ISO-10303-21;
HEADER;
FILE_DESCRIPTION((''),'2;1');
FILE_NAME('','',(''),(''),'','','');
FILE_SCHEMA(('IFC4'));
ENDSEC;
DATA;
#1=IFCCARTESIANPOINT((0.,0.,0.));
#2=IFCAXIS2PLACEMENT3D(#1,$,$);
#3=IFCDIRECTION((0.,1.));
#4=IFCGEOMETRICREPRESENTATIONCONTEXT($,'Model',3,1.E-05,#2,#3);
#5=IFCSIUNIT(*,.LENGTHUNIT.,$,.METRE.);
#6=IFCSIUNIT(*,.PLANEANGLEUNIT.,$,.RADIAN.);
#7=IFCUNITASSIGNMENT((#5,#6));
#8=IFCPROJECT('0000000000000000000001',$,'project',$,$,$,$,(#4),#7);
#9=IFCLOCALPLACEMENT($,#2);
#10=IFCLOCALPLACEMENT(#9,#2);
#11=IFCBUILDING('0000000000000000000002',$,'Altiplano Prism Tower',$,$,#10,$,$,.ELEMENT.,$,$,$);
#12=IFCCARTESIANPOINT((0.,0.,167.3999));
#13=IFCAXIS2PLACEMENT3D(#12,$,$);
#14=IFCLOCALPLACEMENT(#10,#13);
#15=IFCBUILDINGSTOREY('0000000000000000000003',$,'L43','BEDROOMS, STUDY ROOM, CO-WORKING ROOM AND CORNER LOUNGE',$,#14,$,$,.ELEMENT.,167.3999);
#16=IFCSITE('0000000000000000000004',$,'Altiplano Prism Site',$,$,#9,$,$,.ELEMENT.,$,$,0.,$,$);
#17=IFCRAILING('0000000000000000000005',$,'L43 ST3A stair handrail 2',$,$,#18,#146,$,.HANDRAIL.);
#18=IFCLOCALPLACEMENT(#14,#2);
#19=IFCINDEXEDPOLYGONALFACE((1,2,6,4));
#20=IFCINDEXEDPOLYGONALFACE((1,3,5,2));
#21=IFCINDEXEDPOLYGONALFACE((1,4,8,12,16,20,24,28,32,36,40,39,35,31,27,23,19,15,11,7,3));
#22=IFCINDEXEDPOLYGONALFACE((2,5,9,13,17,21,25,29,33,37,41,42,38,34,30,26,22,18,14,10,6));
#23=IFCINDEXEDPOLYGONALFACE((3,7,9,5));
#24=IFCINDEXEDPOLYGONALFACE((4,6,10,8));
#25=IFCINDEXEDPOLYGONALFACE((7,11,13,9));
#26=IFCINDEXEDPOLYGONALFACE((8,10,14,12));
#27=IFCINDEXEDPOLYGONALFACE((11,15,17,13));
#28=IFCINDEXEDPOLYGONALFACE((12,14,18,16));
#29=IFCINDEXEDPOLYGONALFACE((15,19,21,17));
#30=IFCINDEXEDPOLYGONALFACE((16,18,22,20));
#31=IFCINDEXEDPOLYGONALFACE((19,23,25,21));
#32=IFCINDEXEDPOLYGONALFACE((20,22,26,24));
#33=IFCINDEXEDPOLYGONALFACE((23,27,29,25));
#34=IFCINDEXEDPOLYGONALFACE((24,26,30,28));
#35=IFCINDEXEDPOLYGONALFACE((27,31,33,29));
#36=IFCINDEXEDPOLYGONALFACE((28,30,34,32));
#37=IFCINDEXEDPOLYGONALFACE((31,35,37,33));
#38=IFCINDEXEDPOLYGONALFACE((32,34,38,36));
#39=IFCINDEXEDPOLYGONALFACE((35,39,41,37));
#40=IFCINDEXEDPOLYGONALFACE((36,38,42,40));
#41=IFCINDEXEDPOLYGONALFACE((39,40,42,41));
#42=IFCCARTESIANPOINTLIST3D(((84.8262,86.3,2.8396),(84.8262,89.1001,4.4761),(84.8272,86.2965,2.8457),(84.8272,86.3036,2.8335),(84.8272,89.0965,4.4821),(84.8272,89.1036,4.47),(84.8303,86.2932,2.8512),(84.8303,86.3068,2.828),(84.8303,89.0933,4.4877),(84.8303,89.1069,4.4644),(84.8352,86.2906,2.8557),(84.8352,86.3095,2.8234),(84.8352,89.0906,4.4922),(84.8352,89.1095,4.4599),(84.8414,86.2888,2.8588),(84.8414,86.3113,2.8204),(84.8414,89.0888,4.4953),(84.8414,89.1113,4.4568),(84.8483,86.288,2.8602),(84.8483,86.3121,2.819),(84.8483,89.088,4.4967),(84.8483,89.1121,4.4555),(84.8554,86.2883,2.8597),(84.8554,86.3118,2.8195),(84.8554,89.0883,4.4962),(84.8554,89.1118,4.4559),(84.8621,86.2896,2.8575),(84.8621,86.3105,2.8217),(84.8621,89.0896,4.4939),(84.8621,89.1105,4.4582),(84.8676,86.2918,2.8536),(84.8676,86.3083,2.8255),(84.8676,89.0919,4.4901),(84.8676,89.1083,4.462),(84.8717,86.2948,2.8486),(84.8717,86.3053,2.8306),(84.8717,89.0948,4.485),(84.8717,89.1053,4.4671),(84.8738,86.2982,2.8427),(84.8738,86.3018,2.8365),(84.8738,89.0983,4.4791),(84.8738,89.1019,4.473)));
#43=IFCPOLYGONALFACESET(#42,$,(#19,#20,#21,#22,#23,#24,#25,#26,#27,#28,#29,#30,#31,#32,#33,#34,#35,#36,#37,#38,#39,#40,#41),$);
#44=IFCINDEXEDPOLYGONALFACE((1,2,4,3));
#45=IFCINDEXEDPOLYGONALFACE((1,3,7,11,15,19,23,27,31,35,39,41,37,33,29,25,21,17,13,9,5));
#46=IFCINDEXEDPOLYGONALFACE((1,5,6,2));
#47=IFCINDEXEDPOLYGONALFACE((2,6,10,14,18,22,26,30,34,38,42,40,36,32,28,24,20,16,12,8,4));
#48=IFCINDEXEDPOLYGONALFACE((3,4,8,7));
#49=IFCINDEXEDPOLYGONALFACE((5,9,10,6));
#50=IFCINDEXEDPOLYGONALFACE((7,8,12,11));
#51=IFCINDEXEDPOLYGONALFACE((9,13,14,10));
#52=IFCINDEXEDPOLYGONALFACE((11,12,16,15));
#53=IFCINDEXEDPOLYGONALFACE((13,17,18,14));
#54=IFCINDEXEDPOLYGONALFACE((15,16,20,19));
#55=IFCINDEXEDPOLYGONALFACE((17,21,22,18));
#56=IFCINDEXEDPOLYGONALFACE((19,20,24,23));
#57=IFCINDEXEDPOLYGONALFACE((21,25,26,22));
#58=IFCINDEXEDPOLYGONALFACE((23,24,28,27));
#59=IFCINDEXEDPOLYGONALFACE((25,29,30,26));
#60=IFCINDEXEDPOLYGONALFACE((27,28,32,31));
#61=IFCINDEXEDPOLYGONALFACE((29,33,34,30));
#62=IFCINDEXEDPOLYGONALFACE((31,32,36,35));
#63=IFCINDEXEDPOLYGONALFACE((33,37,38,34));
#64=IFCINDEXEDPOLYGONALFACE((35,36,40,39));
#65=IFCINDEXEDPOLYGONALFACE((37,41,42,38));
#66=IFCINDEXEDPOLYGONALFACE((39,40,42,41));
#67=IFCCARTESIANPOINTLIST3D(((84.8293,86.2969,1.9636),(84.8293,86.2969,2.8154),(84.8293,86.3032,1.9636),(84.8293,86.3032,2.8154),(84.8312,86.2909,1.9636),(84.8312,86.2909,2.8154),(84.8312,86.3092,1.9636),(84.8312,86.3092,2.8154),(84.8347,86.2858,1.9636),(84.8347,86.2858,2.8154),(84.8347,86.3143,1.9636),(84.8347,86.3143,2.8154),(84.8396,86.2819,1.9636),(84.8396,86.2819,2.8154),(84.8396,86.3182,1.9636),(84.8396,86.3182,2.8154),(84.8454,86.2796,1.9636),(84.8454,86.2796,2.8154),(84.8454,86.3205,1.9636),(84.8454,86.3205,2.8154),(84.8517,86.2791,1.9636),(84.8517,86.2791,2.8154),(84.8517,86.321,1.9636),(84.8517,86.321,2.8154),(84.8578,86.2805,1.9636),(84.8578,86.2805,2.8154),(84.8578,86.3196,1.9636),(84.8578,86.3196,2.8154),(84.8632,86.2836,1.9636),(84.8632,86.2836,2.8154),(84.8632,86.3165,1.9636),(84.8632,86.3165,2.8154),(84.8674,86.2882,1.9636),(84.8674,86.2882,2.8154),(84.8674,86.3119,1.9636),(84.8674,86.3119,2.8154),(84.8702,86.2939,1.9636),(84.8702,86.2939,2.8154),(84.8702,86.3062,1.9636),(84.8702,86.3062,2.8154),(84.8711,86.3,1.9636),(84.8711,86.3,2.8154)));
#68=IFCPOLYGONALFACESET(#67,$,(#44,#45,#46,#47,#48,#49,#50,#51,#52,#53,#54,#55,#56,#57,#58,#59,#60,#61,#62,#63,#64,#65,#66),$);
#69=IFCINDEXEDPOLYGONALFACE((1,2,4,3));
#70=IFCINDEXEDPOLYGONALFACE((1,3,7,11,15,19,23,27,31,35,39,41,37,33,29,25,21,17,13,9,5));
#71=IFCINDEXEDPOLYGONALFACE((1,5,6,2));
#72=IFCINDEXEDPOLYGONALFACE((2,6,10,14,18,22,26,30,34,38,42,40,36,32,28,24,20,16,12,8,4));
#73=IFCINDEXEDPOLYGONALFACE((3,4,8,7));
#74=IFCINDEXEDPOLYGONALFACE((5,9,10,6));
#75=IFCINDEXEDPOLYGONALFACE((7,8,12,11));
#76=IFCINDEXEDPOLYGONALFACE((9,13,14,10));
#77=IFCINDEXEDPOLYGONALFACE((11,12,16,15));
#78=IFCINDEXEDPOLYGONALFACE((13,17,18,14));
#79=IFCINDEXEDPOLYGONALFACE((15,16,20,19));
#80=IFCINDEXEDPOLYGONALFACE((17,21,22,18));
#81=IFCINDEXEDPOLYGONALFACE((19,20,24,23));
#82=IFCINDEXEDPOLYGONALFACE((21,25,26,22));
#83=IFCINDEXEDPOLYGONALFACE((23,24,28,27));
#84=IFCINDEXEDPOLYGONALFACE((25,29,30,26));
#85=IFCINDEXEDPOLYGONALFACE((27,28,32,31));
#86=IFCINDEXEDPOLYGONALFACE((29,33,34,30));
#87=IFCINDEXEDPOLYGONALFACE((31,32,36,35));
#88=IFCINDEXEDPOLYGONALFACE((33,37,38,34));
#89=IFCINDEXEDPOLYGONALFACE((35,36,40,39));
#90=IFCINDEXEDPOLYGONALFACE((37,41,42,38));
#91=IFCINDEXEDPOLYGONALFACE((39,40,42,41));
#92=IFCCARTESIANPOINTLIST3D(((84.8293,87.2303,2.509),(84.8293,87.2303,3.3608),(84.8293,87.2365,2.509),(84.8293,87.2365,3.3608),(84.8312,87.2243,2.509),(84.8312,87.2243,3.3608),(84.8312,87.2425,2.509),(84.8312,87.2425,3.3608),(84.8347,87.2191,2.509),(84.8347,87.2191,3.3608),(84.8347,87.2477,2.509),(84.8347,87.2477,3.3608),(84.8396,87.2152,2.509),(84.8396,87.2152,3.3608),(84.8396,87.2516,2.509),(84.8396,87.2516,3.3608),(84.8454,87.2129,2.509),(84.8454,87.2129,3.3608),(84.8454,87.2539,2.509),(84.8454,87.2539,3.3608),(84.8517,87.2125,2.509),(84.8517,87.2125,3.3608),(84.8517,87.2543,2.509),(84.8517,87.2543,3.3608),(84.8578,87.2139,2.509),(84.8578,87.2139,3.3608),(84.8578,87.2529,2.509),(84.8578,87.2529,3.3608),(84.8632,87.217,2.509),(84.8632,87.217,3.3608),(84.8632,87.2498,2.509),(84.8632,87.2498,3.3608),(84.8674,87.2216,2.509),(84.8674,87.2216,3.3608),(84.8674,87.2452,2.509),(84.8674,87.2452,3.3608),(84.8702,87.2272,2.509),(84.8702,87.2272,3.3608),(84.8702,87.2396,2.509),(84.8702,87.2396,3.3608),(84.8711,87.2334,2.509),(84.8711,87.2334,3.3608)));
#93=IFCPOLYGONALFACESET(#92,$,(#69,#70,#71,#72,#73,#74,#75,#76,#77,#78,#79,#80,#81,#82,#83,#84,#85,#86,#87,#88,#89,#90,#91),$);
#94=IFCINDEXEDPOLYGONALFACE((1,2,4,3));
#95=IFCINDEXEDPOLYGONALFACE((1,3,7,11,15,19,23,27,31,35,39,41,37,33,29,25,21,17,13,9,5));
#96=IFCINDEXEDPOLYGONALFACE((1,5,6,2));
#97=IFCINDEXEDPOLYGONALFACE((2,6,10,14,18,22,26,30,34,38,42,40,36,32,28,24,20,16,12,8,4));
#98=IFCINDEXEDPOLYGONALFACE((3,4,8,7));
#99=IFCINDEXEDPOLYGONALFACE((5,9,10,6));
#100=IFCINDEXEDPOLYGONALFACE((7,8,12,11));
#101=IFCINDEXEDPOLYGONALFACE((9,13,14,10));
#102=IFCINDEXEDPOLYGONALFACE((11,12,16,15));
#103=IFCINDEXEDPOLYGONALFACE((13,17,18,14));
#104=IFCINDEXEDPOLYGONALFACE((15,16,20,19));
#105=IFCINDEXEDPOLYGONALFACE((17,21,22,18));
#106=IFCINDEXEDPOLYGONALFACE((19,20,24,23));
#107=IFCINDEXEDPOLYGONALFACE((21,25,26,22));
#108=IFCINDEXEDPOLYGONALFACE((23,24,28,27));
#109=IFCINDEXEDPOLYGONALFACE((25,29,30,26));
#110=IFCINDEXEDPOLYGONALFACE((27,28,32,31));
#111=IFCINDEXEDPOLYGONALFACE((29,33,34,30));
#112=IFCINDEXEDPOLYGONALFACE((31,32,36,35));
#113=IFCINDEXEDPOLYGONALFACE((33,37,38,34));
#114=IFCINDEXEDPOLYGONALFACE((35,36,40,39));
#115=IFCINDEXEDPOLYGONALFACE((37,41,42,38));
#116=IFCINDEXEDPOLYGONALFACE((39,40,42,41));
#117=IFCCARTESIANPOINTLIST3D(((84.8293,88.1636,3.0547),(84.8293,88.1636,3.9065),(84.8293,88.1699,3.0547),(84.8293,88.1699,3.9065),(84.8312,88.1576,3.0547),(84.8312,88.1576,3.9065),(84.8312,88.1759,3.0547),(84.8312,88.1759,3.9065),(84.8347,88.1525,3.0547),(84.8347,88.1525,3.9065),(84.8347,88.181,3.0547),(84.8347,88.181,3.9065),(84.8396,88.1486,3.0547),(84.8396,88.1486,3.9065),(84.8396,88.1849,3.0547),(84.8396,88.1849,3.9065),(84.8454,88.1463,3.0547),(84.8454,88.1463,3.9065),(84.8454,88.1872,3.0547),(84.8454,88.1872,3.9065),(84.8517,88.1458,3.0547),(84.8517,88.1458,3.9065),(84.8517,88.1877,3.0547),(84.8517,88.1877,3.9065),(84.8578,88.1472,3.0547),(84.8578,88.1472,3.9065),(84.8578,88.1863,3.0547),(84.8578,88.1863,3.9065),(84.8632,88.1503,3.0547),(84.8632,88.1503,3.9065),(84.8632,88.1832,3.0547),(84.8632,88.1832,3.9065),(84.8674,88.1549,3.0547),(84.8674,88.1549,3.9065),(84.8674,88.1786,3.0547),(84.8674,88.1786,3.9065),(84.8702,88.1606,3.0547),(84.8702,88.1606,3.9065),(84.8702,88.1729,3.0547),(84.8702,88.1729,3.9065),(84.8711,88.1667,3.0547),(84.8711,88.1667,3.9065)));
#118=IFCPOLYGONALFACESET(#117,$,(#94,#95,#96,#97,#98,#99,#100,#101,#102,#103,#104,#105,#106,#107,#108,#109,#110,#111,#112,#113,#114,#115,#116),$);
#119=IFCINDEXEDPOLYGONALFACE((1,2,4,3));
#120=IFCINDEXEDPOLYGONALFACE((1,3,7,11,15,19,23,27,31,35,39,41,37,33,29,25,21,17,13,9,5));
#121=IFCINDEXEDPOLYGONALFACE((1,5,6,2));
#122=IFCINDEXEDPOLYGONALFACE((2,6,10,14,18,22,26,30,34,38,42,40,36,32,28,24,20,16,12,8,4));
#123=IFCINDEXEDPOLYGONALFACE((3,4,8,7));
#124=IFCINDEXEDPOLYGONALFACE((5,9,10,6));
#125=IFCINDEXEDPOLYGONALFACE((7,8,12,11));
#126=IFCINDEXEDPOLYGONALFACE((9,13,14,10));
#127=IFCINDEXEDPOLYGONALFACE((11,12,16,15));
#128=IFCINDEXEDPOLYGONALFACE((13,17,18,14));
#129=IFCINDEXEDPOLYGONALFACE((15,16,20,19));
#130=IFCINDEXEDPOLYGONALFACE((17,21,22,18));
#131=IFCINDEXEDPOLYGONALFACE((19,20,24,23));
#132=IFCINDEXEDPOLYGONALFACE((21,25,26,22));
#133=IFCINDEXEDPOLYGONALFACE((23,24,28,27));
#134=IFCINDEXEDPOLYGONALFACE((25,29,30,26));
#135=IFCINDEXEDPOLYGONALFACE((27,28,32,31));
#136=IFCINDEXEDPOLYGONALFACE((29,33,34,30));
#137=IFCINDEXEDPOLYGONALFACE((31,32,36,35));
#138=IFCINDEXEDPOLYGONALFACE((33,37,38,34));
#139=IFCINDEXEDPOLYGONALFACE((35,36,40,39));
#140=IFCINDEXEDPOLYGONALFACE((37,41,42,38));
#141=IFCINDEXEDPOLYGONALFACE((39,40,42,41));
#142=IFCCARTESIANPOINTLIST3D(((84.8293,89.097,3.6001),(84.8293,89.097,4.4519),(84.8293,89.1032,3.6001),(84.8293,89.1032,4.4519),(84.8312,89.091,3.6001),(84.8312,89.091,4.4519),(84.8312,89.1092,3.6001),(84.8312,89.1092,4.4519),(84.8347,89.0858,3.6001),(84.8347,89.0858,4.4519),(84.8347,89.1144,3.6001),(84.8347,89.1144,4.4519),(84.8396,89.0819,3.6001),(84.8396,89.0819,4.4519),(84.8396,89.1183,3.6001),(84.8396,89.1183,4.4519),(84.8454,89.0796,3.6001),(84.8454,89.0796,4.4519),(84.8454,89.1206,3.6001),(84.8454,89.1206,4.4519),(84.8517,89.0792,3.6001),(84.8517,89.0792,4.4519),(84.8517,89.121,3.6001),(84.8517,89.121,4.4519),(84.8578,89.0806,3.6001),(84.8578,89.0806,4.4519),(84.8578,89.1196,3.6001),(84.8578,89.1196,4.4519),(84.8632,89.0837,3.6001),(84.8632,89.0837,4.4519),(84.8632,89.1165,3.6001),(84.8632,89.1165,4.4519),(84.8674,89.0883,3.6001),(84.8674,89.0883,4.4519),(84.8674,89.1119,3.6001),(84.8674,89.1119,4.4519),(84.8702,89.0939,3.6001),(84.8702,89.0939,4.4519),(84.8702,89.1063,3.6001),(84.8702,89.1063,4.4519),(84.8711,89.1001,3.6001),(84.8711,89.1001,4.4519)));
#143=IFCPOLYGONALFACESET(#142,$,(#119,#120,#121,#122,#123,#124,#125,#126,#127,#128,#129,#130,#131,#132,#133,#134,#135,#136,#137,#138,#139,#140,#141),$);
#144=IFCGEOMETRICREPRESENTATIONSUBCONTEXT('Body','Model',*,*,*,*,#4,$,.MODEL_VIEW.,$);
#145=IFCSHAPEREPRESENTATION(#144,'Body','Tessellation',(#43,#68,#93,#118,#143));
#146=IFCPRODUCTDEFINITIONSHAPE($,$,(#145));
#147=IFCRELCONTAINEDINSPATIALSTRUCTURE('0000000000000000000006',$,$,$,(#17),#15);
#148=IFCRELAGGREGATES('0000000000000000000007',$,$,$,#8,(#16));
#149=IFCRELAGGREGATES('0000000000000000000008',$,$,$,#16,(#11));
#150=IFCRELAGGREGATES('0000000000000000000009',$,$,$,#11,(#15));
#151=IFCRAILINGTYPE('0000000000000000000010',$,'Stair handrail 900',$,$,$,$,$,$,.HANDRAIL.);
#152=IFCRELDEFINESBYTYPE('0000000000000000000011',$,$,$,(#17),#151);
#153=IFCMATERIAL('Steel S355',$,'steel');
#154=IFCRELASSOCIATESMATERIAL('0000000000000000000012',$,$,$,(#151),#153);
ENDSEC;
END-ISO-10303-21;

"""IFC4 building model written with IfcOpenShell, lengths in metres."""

from ifc_helpers import new_model, si_unit, direction, frame, origin, origin_2d, place, context, subcontext, project, spatial, circle, extrude, material, type_object, element, save


model = new_model("IFC4")

# Units and contexts
model_context = context("Model", 3, precision=1e-05, world=origin(), true_north=direction((0.0, 1.0)))
body_context = subcontext(model_context, "Body", "Model", "MODEL_VIEW")
ifc_project = project(units=[si_unit("LENGTHUNIT", "METRE"), si_unit("PLANEANGLEUNIT", "RADIAN")], contexts=[model_context])

# Site, building, storey
site_placement = place(None, origin())
site = spatial("IfcSite", under=ifc_project, at=site_placement, Name="Altiplano Prism Site", CompositionType="ELEMENT", RefElevation=0.0)
building_placement = place(site_placement, origin())
building = spatial("IfcBuilding", under=site, at=building_placement, Name="Altiplano Prism Tower", CompositionType="ELEMENT")
storey_placement = place(building_placement, frame((0.0, 0.0, 167.3999)))
storey = spatial("IfcBuildingStorey", under=building, at=storey_placement, Name="L43", Description="BEDROOMS, STUDY ROOM, CO-WORKING ROOM AND CORNER LOUNGE", CompositionType="ELEMENT", Elevation=167.3999)

# Railing
ifc_material_1 = material(Name="Steel S355", Category="steel")
railing_type = type_object("IfcRailingType", Name="Stair handrail 900", PredefinedType="HANDRAIL", material=ifc_material_1)
for number, where, name in (
    (1, (84.8501, 86.3, 1.9636), "L43 ST3A stair handrail 2"),
):
    element("IfcRailing", number, at=place(storey_placement, frame(where)), inside=storey, type_object=railing_type, Name=name, PredefinedType="HANDRAIL", context=body_context, shape_type="SweptSolid", body=[
        extrude(circle(Radius=0.0239, at=origin_2d()), frame((0.0, 0.0, 0.876), z_axis=(0.0, 0.863361, 0.504587), x_axis=(-1.0, 0.0, 0.0)), (0.0, 0.0, 1.0), 3.2432),
        extrude(circle(Radius=0.021, at=origin_2d()), origin(), (0.0, 0.0, 1.0), 0.8518),
        extrude(circle(Radius=0.021, at=origin_2d()), frame((0.0, 0.9333, 0.5454)), (0.0, 0.0, 1.0), 0.8518),
        extrude(circle(Radius=0.021, at=origin_2d()), frame((0.0, 1.8667, 1.0911)), (0.0, 0.0, 1.0), 0.8518),
        extrude(circle(Radius=0.021, at=origin_2d()), frame((0.0, 2.8, 1.6365)), (0.0, 0.0, 1.0), 0.8518),
    ])

save(model, "model.ifc")
